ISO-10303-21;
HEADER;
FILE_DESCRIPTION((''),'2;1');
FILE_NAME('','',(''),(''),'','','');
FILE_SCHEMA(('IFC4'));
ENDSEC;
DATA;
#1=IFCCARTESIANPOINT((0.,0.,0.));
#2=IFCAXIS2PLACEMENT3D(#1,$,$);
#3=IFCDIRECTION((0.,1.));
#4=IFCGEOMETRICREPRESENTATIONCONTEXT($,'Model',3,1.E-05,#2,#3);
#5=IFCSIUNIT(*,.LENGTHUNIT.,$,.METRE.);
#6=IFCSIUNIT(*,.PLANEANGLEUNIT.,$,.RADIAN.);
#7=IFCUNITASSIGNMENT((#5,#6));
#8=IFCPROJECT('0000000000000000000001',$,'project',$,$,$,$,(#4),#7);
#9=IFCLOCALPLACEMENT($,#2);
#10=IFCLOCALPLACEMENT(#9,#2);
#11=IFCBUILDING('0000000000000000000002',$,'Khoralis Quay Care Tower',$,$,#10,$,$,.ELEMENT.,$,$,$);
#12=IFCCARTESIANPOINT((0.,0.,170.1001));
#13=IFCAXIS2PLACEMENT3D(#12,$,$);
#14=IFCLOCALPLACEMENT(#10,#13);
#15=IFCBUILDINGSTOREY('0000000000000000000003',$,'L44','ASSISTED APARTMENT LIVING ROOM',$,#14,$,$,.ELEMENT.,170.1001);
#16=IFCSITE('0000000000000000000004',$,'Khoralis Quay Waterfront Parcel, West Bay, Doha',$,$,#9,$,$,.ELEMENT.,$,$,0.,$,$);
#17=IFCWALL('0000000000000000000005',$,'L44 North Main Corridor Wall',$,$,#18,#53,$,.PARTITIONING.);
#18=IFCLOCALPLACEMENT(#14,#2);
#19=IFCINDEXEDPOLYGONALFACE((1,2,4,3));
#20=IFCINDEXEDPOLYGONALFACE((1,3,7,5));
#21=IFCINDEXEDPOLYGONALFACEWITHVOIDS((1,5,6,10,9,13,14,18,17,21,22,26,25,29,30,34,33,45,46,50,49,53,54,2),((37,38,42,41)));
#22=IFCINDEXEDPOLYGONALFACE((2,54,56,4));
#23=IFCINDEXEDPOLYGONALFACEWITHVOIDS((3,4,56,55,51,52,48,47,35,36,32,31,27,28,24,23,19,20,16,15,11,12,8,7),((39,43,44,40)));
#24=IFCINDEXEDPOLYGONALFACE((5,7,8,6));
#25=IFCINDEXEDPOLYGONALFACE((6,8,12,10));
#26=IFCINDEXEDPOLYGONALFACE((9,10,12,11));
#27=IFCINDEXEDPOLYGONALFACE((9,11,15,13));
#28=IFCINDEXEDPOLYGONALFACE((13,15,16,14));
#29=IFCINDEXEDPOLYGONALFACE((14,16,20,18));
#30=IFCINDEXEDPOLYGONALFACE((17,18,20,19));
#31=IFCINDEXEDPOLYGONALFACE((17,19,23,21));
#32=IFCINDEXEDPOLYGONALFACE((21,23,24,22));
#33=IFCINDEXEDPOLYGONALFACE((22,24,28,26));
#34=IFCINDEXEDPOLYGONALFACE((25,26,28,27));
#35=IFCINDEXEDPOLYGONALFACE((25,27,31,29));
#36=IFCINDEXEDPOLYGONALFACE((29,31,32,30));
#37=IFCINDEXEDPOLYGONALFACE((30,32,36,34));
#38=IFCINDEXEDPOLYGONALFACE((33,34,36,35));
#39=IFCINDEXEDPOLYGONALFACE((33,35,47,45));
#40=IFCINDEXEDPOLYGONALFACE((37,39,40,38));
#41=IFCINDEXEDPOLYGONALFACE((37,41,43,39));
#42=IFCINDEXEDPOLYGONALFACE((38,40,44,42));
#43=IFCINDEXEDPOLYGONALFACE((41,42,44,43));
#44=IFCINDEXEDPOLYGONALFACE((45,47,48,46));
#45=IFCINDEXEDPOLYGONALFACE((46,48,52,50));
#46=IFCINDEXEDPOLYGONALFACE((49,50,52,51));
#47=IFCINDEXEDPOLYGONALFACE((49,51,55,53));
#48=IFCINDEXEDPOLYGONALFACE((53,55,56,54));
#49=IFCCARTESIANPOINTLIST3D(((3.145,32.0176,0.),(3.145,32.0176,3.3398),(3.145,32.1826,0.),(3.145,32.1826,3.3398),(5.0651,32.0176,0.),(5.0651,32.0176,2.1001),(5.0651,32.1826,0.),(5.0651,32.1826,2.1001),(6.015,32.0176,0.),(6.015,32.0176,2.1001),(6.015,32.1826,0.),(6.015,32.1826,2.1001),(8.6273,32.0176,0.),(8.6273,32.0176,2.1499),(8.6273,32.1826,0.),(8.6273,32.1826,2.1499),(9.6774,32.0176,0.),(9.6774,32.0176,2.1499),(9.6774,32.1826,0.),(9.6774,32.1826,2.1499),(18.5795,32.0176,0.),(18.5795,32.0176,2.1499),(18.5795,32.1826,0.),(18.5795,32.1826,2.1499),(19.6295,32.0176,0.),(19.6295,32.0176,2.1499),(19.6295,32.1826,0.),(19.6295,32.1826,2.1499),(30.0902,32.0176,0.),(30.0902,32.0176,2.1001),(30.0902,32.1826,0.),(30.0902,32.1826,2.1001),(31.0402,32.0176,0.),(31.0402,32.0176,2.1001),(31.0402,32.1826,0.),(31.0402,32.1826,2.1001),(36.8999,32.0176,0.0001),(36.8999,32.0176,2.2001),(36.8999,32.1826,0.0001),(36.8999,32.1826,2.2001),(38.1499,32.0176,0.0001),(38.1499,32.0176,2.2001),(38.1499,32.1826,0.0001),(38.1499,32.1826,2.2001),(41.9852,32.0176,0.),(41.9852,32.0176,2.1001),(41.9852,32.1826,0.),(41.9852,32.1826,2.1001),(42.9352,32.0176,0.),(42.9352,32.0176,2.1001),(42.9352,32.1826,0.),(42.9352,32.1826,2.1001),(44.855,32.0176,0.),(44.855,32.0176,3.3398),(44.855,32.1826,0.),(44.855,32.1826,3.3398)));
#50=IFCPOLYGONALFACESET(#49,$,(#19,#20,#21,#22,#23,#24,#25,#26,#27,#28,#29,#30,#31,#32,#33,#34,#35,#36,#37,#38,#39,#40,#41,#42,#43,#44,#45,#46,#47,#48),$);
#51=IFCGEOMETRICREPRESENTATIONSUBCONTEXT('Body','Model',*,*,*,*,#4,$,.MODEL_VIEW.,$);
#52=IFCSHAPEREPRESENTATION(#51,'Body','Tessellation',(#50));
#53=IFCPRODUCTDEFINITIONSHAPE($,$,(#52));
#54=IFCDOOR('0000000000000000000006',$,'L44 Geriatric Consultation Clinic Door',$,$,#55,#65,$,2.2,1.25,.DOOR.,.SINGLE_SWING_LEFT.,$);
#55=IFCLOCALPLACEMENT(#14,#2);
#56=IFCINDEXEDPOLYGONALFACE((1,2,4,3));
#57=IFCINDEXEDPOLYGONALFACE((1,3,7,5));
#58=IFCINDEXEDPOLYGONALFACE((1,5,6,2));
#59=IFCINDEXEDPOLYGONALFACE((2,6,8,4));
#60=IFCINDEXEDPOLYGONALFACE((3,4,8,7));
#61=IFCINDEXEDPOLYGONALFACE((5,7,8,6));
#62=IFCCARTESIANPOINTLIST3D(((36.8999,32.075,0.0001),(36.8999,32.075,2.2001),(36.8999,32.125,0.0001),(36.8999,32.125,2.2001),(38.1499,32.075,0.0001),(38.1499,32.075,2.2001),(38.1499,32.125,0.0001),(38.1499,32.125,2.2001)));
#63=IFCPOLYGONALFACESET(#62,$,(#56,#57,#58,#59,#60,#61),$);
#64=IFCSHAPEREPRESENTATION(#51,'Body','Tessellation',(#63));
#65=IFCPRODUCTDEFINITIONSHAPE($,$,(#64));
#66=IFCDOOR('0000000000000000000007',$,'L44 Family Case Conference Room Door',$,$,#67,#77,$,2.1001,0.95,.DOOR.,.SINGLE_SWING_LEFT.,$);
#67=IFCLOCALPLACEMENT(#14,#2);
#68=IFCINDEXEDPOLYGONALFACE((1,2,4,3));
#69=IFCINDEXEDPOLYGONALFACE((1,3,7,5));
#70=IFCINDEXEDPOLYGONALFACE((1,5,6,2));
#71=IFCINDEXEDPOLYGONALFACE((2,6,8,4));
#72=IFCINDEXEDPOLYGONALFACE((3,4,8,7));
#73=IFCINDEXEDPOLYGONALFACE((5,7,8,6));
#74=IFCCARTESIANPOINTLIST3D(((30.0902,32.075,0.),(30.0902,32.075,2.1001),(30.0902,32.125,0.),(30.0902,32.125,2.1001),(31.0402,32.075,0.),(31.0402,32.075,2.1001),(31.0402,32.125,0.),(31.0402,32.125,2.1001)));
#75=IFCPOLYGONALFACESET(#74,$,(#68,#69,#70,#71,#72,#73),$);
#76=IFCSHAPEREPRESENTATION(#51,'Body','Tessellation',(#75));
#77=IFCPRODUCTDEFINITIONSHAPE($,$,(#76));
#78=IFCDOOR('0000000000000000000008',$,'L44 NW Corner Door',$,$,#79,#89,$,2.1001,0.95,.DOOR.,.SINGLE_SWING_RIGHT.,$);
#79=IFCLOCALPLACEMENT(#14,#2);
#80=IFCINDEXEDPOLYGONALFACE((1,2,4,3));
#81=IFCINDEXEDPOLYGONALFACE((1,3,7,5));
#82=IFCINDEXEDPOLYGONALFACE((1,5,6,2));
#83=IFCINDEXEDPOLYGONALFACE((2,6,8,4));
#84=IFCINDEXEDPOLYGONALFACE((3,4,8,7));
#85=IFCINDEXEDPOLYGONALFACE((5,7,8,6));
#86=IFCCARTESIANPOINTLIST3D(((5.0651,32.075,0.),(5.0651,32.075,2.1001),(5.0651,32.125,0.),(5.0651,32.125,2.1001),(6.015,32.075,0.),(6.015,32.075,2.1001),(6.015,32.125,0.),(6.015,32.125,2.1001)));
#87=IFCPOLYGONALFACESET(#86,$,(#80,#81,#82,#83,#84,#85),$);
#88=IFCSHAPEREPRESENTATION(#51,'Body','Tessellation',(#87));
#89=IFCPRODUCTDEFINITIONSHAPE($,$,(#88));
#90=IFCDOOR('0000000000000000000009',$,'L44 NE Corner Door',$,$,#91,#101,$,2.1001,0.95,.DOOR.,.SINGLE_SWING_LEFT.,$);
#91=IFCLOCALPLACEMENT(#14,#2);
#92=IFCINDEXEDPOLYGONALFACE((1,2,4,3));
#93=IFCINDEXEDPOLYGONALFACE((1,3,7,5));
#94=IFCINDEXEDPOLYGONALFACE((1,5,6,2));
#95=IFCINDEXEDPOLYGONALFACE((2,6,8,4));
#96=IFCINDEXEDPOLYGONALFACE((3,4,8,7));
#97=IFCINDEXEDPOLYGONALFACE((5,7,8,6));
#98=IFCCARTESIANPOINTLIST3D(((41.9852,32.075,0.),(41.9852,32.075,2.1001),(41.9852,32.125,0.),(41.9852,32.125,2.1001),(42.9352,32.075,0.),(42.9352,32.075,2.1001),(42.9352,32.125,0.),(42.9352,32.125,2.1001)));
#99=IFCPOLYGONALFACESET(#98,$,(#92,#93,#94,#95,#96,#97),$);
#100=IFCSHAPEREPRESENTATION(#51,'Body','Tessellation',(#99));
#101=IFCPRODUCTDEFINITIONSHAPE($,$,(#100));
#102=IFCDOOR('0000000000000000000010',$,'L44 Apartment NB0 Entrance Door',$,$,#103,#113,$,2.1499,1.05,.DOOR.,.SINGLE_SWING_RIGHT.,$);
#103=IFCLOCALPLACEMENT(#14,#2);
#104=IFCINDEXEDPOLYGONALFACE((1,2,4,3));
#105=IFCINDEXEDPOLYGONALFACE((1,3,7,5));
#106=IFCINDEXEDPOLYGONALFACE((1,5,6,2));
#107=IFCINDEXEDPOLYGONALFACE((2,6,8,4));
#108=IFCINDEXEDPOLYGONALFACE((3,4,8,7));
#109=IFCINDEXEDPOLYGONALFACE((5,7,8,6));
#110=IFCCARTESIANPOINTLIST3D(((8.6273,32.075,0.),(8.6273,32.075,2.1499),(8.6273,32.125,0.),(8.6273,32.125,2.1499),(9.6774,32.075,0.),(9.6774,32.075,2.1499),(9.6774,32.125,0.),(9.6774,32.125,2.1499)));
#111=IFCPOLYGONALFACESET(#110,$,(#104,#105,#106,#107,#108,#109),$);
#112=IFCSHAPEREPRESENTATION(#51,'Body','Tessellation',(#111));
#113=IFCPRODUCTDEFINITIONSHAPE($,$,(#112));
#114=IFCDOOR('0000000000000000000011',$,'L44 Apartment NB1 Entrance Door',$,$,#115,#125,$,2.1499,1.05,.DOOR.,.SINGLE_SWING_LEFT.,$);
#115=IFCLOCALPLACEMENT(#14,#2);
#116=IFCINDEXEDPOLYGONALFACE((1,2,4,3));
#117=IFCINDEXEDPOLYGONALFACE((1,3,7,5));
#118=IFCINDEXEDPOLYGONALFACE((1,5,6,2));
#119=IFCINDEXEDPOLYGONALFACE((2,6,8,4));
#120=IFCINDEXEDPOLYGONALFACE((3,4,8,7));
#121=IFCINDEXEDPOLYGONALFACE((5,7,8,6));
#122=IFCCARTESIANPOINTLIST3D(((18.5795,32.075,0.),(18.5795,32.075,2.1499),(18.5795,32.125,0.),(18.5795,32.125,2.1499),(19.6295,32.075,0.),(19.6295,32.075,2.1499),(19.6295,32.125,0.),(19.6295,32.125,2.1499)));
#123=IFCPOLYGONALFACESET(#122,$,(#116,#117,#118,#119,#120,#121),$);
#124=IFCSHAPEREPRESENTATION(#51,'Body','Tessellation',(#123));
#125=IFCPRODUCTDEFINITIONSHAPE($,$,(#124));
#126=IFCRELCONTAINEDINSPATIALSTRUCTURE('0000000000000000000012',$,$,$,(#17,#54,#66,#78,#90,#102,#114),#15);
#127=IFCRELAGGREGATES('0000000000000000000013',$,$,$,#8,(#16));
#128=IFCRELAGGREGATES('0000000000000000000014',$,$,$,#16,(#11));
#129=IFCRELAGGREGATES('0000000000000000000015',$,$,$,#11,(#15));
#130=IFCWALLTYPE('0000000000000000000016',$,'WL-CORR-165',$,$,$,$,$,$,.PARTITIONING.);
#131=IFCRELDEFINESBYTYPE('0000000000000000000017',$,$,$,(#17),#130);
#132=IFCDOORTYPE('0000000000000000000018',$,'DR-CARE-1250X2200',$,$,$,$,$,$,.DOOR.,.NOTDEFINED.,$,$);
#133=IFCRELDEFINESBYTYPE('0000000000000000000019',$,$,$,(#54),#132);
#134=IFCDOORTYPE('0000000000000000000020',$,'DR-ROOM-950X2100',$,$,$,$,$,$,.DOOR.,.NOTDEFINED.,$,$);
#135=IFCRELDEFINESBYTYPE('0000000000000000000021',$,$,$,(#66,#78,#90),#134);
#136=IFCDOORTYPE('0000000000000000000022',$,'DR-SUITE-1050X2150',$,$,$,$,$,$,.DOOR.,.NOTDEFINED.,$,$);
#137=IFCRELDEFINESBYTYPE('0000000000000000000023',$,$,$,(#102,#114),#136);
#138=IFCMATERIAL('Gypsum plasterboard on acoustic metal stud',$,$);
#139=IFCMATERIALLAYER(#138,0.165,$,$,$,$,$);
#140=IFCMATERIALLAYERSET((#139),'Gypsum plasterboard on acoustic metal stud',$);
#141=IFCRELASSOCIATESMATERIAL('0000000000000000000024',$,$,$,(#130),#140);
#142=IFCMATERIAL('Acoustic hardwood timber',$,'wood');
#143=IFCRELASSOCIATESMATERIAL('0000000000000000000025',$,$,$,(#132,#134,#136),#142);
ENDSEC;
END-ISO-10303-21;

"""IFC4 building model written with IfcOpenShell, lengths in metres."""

from ifc_helpers import new_model, si_unit, direction, frame, frame_2d, origin, place, context, subcontext, project, spatial, rectangle, extrude, source, transform, mapped, material, layer, layer_set, type_object, element, fill, save


model = new_model("IFC4")

# Units and contexts
model_context = context("Model", 3, precision=1e-05, world=origin(), true_north=direction((0.0, 1.0)))
body_context = subcontext(model_context, "Body", "Model", "MODEL_VIEW")
ifc_project = project(units=[si_unit("LENGTHUNIT", "METRE"), si_unit("PLANEANGLEUNIT", "RADIAN")], contexts=[model_context])

# Site, building, storey
site_placement = place(None, origin())
site = spatial("IfcSite", under=ifc_project, at=site_placement, Name="Khoralis Quay Waterfront Parcel, West Bay, Doha", CompositionType="ELEMENT", RefElevation=0.0)
building_placement = place(site_placement, origin())
building = spatial("IfcBuilding", under=site, at=building_placement, Name="Khoralis Quay Care Tower", CompositionType="ELEMENT")
storey_placement = place(building_placement, frame((0.0, 0.0, 170.1001)))
storey = spatial("IfcBuildingStorey", under=building, at=storey_placement, Name="L44", Description="ASSISTED APARTMENT LIVING ROOM", CompositionType="ELEMENT", Elevation=170.1001)

# Shared definitions
ifc_material_1 = material(Name="Gypsum plasterboard on acoustic metal stud")
ifc_layer_1 = layer(ifc_material_1, 0.165)
ifc_layer_set_1 = layer_set([ifc_layer_1], Name="Gypsum plasterboard on acoustic metal stud")
wall_type_1 = type_object("IfcWallType", Name="WL-CORR-165", PredefinedType="PARTITIONING", material=ifc_layer_set_1)

# Wall, openings, doors
wall_1_placement = place(storey_placement, frame((3.145, 32.1001, 0.0), z_axis=(0.0, 0.0, 1.0), x_axis=(1.0, 0.0, 0.0)))
wall_1 = element("IfcWall", 1, at=wall_1_placement, inside=storey, type_object=wall_type_1, Name="L44 North Main Corridor Wall", PredefinedType="PARTITIONING", context=body_context, shape_type="SweptSolid", body=[
    extrude(rectangle(XDim=41.71, YDim=0.165, at=frame_2d((20.855, 0.0))), origin(), (0.0, 0.0, 1.0), 3.3398),
])
opening_1_placement = place(wall_1_placement, frame((5.4824, 0.0, 0.0)))
opening_1 = element("IfcOpeningElement", 2, at=opening_1_placement, cuts=wall_1, PredefinedType="OPENING", context=body_context, shape_type="SweptSolid", body=[
    extrude(rectangle(XDim=1.05, YDim=2.1499, at=frame_2d((0.5249, 1.075))), frame((0.0, 0.0925, 0.0), z_axis=(0.0, -1.0, 0.0), x_axis=(1.0, 0.0, 0.0)), (0.0, 0.0, 1.0), 0.1851),
])
opening_2_placement = place(wall_1_placement, frame((15.4346, 0.0, 0.0)))
opening_2 = element("IfcOpeningElement", 3, at=opening_2_placement, cuts=wall_1, PredefinedType="OPENING", context=body_context, shape_type="SweptSolid", body=[
    extrude(rectangle(XDim=1.05, YDim=2.1499, at=frame_2d((0.5249, 1.075))), frame((0.0, 0.0925, 0.0), z_axis=(0.0, -1.0, 0.0), x_axis=(1.0, 0.0, 0.0)), (0.0, 0.0, 1.0), 0.1851),
])
opening_3_placement = place(wall_1_placement, frame((26.9451, 0.0, 0.0)))
opening_3 = element("IfcOpeningElement", 4, at=opening_3_placement, cuts=wall_1, PredefinedType="OPENING", context=body_context, shape_type="SweptSolid", body=[
    extrude(rectangle(XDim=0.95, YDim=2.1001, at=frame_2d((0.4751, 1.05))), frame((0.0, 0.0925, 0.0), z_axis=(0.0, -1.0, 0.0), x_axis=(1.0, 0.0, 0.0)), (0.0, 0.0, 1.0), 0.1851),
])
opening_4_placement = place(wall_1_placement, frame((33.7549, 0.0, 0.0)))
opening_4 = element("IfcOpeningElement", 5, at=opening_4_placement, cuts=wall_1, PredefinedType="OPENING", context=body_context, shape_type="SweptSolid", body=[
    extrude(rectangle(XDim=1.25, YDim=2.2, at=frame_2d((0.625, 1.1001))), frame((0.0, 0.0925, 0.0), z_axis=(0.0, -1.0, 0.0), x_axis=(1.0, 0.0, 0.0)), (0.0, 0.0, 1.0), 0.1851),
])
opening_5_placement = place(wall_1_placement, frame((1.9199, 0.0, 0.0)))
opening_5 = element("IfcOpeningElement", 6, at=opening_5_placement, cuts=wall_1, PredefinedType="OPENING", context=body_context, shape_type="SweptSolid", body=[
    extrude(rectangle(XDim=0.95, YDim=2.1001, at=frame_2d((0.4751, 1.05))), frame((0.0, 0.0925, 0.0), z_axis=(0.0, -1.0, 0.0), x_axis=(1.0, 0.0, 0.0)), (0.0, 0.0, 1.0), 0.1851),
])
opening_6_placement = place(wall_1_placement, frame((38.8401, 0.0, 0.0)))
opening_6 = element("IfcOpeningElement", 7, at=opening_6_placement, cuts=wall_1, PredefinedType="OPENING", context=body_context, shape_type="SweptSolid", body=[
    extrude(rectangle(XDim=0.95, YDim=2.1001, at=frame_2d((0.4751, 1.05))), frame((0.0, 0.0925, 0.0), z_axis=(0.0, -1.0, 0.0), x_axis=(1.0, 0.0, 0.0)), (0.0, 0.0, 1.0), 0.1851),
])
ifc_material_2 = material(Name="Acoustic hardwood timber", Category="wood")
door_type_1 = type_object("IfcDoorType", Name="DR-CARE-1250X2200", OperationType="NOTDEFINED", PredefinedType="DOOR", material=ifc_material_2)
shared_shape_1 = source(origin(), body_context, "Body", "SweptSolid", [
    extrude(rectangle(XDim=1.25, YDim=2.2, at=frame_2d((0.625, 1.1001))), frame((0.0, 0.0249, 0.0), z_axis=(0.0, -1.0, 0.0), x_axis=(1.0, 0.0, 0.0)), (0.0, 0.0, 1.0), 0.05),
])
door_1_placement = place(opening_4_placement, origin())
door_1 = element("IfcDoor", 8, at=door_1_placement, inside=storey, type_object=door_type_1, Name="L44 Geriatric Consultation Clinic Door", OperationType="SINGLE_SWING_LEFT", OverallHeight=2.2, OverallWidth=1.25, PredefinedType="DOOR", context=body_context, shape_type="MappedRepresentation", body=[
    mapped(shared_shape_1, transform((0.0, 0.0, 0.0), scale=1.0)),
])
fill(opening_4, door_1)
door_type_2 = type_object("IfcDoorType", Name="DR-ROOM-950X2100", OperationType="NOTDEFINED", PredefinedType="DOOR", material=ifc_material_2)
shared_shape_2 = source(origin(), body_context, "Body", "SweptSolid", [
    extrude(rectangle(XDim=0.95, YDim=2.1001, at=frame_2d((0.4751, 1.05))), frame((0.0, 0.0249, 0.0), z_axis=(0.0, -1.0, 0.0), x_axis=(1.0, 0.0, 0.0)), (0.0, 0.0, 1.0), 0.05),
])
door_2_placement = place(opening_3_placement, origin())
door_2 = element("IfcDoor", 9, at=door_2_placement, inside=storey, type_object=door_type_2, Name="L44 Family Case Conference Room Door", OperationType="SINGLE_SWING_LEFT", OverallHeight=2.1001, OverallWidth=0.95, PredefinedType="DOOR", context=body_context, shape_type="MappedRepresentation", body=[
    mapped(shared_shape_2, transform((0.0, 0.0, 0.0), scale=1.0)),
])
fill(opening_3, door_2)
door_3_placement = place(opening_5_placement, origin())
door_3 = element("IfcDoor", 10, at=door_3_placement, inside=storey, type_object=door_type_2, Name="L44 NW Corner Door", OperationType="SINGLE_SWING_RIGHT", OverallHeight=2.1001, OverallWidth=0.95, PredefinedType="DOOR", context=body_context, shape_type="MappedRepresentation", body=[
    mapped(shared_shape_2, transform((0.0, 0.0, 0.0), scale=1.0)),
])
fill(opening_5, door_3)
door_4_placement = place(opening_6_placement, origin())
door_4 = element("IfcDoor", 11, at=door_4_placement, inside=storey, type_object=door_type_2, Name="L44 NE Corner Door", OperationType="SINGLE_SWING_LEFT", OverallHeight=2.1001, OverallWidth=0.95, PredefinedType="DOOR", context=body_context, shape_type="MappedRepresentation", body=[
    mapped(shared_shape_2, transform((0.0, 0.0, 0.0), scale=1.0)),
])
fill(opening_6, door_4)
door_type_3 = type_object("IfcDoorType", Name="DR-SUITE-1050X2150", OperationType="NOTDEFINED", PredefinedType="DOOR", material=ifc_material_2)
shared_shape_3 = source(origin(), body_context, "Body", "SweptSolid", [
    extrude(rectangle(XDim=1.05, YDim=2.1499, at=frame_2d((0.5249, 1.075))), frame((0.0, 0.0249, 0.0), z_axis=(0.0, -1.0, 0.0), x_axis=(1.0, 0.0, 0.0)), (0.0, 0.0, 1.0), 0.05),
])
door_5_placement = place(opening_1_placement, origin())
door_5 = element("IfcDoor", 12, at=door_5_placement, inside=storey, type_object=door_type_3, Name="L44 Apartment NB0 Entrance Door", OperationType="SINGLE_SWING_RIGHT", OverallHeight=2.1499, OverallWidth=1.05, PredefinedType="DOOR", context=body_context, shape_type="MappedRepresentation", body=[
    mapped(shared_shape_3, transform((0.0, 0.0, 0.0), scale=1.0)),
])
fill(opening_1, door_5)
door_6_placement = place(opening_2_placement, origin())
door_6 = element("IfcDoor", 13, at=door_6_placement, inside=storey, type_object=door_type_3, Name="L44 Apartment NB1 Entrance Door", OperationType="SINGLE_SWING_LEFT", OverallHeight=2.1499, OverallWidth=1.05, PredefinedType="DOOR", context=body_context, shape_type="MappedRepresentation", body=[
    mapped(shared_shape_3, transform((0.0, 0.0, 0.0), scale=1.0)),
])
fill(opening_2, door_6)

save(model, "model.ifc")
